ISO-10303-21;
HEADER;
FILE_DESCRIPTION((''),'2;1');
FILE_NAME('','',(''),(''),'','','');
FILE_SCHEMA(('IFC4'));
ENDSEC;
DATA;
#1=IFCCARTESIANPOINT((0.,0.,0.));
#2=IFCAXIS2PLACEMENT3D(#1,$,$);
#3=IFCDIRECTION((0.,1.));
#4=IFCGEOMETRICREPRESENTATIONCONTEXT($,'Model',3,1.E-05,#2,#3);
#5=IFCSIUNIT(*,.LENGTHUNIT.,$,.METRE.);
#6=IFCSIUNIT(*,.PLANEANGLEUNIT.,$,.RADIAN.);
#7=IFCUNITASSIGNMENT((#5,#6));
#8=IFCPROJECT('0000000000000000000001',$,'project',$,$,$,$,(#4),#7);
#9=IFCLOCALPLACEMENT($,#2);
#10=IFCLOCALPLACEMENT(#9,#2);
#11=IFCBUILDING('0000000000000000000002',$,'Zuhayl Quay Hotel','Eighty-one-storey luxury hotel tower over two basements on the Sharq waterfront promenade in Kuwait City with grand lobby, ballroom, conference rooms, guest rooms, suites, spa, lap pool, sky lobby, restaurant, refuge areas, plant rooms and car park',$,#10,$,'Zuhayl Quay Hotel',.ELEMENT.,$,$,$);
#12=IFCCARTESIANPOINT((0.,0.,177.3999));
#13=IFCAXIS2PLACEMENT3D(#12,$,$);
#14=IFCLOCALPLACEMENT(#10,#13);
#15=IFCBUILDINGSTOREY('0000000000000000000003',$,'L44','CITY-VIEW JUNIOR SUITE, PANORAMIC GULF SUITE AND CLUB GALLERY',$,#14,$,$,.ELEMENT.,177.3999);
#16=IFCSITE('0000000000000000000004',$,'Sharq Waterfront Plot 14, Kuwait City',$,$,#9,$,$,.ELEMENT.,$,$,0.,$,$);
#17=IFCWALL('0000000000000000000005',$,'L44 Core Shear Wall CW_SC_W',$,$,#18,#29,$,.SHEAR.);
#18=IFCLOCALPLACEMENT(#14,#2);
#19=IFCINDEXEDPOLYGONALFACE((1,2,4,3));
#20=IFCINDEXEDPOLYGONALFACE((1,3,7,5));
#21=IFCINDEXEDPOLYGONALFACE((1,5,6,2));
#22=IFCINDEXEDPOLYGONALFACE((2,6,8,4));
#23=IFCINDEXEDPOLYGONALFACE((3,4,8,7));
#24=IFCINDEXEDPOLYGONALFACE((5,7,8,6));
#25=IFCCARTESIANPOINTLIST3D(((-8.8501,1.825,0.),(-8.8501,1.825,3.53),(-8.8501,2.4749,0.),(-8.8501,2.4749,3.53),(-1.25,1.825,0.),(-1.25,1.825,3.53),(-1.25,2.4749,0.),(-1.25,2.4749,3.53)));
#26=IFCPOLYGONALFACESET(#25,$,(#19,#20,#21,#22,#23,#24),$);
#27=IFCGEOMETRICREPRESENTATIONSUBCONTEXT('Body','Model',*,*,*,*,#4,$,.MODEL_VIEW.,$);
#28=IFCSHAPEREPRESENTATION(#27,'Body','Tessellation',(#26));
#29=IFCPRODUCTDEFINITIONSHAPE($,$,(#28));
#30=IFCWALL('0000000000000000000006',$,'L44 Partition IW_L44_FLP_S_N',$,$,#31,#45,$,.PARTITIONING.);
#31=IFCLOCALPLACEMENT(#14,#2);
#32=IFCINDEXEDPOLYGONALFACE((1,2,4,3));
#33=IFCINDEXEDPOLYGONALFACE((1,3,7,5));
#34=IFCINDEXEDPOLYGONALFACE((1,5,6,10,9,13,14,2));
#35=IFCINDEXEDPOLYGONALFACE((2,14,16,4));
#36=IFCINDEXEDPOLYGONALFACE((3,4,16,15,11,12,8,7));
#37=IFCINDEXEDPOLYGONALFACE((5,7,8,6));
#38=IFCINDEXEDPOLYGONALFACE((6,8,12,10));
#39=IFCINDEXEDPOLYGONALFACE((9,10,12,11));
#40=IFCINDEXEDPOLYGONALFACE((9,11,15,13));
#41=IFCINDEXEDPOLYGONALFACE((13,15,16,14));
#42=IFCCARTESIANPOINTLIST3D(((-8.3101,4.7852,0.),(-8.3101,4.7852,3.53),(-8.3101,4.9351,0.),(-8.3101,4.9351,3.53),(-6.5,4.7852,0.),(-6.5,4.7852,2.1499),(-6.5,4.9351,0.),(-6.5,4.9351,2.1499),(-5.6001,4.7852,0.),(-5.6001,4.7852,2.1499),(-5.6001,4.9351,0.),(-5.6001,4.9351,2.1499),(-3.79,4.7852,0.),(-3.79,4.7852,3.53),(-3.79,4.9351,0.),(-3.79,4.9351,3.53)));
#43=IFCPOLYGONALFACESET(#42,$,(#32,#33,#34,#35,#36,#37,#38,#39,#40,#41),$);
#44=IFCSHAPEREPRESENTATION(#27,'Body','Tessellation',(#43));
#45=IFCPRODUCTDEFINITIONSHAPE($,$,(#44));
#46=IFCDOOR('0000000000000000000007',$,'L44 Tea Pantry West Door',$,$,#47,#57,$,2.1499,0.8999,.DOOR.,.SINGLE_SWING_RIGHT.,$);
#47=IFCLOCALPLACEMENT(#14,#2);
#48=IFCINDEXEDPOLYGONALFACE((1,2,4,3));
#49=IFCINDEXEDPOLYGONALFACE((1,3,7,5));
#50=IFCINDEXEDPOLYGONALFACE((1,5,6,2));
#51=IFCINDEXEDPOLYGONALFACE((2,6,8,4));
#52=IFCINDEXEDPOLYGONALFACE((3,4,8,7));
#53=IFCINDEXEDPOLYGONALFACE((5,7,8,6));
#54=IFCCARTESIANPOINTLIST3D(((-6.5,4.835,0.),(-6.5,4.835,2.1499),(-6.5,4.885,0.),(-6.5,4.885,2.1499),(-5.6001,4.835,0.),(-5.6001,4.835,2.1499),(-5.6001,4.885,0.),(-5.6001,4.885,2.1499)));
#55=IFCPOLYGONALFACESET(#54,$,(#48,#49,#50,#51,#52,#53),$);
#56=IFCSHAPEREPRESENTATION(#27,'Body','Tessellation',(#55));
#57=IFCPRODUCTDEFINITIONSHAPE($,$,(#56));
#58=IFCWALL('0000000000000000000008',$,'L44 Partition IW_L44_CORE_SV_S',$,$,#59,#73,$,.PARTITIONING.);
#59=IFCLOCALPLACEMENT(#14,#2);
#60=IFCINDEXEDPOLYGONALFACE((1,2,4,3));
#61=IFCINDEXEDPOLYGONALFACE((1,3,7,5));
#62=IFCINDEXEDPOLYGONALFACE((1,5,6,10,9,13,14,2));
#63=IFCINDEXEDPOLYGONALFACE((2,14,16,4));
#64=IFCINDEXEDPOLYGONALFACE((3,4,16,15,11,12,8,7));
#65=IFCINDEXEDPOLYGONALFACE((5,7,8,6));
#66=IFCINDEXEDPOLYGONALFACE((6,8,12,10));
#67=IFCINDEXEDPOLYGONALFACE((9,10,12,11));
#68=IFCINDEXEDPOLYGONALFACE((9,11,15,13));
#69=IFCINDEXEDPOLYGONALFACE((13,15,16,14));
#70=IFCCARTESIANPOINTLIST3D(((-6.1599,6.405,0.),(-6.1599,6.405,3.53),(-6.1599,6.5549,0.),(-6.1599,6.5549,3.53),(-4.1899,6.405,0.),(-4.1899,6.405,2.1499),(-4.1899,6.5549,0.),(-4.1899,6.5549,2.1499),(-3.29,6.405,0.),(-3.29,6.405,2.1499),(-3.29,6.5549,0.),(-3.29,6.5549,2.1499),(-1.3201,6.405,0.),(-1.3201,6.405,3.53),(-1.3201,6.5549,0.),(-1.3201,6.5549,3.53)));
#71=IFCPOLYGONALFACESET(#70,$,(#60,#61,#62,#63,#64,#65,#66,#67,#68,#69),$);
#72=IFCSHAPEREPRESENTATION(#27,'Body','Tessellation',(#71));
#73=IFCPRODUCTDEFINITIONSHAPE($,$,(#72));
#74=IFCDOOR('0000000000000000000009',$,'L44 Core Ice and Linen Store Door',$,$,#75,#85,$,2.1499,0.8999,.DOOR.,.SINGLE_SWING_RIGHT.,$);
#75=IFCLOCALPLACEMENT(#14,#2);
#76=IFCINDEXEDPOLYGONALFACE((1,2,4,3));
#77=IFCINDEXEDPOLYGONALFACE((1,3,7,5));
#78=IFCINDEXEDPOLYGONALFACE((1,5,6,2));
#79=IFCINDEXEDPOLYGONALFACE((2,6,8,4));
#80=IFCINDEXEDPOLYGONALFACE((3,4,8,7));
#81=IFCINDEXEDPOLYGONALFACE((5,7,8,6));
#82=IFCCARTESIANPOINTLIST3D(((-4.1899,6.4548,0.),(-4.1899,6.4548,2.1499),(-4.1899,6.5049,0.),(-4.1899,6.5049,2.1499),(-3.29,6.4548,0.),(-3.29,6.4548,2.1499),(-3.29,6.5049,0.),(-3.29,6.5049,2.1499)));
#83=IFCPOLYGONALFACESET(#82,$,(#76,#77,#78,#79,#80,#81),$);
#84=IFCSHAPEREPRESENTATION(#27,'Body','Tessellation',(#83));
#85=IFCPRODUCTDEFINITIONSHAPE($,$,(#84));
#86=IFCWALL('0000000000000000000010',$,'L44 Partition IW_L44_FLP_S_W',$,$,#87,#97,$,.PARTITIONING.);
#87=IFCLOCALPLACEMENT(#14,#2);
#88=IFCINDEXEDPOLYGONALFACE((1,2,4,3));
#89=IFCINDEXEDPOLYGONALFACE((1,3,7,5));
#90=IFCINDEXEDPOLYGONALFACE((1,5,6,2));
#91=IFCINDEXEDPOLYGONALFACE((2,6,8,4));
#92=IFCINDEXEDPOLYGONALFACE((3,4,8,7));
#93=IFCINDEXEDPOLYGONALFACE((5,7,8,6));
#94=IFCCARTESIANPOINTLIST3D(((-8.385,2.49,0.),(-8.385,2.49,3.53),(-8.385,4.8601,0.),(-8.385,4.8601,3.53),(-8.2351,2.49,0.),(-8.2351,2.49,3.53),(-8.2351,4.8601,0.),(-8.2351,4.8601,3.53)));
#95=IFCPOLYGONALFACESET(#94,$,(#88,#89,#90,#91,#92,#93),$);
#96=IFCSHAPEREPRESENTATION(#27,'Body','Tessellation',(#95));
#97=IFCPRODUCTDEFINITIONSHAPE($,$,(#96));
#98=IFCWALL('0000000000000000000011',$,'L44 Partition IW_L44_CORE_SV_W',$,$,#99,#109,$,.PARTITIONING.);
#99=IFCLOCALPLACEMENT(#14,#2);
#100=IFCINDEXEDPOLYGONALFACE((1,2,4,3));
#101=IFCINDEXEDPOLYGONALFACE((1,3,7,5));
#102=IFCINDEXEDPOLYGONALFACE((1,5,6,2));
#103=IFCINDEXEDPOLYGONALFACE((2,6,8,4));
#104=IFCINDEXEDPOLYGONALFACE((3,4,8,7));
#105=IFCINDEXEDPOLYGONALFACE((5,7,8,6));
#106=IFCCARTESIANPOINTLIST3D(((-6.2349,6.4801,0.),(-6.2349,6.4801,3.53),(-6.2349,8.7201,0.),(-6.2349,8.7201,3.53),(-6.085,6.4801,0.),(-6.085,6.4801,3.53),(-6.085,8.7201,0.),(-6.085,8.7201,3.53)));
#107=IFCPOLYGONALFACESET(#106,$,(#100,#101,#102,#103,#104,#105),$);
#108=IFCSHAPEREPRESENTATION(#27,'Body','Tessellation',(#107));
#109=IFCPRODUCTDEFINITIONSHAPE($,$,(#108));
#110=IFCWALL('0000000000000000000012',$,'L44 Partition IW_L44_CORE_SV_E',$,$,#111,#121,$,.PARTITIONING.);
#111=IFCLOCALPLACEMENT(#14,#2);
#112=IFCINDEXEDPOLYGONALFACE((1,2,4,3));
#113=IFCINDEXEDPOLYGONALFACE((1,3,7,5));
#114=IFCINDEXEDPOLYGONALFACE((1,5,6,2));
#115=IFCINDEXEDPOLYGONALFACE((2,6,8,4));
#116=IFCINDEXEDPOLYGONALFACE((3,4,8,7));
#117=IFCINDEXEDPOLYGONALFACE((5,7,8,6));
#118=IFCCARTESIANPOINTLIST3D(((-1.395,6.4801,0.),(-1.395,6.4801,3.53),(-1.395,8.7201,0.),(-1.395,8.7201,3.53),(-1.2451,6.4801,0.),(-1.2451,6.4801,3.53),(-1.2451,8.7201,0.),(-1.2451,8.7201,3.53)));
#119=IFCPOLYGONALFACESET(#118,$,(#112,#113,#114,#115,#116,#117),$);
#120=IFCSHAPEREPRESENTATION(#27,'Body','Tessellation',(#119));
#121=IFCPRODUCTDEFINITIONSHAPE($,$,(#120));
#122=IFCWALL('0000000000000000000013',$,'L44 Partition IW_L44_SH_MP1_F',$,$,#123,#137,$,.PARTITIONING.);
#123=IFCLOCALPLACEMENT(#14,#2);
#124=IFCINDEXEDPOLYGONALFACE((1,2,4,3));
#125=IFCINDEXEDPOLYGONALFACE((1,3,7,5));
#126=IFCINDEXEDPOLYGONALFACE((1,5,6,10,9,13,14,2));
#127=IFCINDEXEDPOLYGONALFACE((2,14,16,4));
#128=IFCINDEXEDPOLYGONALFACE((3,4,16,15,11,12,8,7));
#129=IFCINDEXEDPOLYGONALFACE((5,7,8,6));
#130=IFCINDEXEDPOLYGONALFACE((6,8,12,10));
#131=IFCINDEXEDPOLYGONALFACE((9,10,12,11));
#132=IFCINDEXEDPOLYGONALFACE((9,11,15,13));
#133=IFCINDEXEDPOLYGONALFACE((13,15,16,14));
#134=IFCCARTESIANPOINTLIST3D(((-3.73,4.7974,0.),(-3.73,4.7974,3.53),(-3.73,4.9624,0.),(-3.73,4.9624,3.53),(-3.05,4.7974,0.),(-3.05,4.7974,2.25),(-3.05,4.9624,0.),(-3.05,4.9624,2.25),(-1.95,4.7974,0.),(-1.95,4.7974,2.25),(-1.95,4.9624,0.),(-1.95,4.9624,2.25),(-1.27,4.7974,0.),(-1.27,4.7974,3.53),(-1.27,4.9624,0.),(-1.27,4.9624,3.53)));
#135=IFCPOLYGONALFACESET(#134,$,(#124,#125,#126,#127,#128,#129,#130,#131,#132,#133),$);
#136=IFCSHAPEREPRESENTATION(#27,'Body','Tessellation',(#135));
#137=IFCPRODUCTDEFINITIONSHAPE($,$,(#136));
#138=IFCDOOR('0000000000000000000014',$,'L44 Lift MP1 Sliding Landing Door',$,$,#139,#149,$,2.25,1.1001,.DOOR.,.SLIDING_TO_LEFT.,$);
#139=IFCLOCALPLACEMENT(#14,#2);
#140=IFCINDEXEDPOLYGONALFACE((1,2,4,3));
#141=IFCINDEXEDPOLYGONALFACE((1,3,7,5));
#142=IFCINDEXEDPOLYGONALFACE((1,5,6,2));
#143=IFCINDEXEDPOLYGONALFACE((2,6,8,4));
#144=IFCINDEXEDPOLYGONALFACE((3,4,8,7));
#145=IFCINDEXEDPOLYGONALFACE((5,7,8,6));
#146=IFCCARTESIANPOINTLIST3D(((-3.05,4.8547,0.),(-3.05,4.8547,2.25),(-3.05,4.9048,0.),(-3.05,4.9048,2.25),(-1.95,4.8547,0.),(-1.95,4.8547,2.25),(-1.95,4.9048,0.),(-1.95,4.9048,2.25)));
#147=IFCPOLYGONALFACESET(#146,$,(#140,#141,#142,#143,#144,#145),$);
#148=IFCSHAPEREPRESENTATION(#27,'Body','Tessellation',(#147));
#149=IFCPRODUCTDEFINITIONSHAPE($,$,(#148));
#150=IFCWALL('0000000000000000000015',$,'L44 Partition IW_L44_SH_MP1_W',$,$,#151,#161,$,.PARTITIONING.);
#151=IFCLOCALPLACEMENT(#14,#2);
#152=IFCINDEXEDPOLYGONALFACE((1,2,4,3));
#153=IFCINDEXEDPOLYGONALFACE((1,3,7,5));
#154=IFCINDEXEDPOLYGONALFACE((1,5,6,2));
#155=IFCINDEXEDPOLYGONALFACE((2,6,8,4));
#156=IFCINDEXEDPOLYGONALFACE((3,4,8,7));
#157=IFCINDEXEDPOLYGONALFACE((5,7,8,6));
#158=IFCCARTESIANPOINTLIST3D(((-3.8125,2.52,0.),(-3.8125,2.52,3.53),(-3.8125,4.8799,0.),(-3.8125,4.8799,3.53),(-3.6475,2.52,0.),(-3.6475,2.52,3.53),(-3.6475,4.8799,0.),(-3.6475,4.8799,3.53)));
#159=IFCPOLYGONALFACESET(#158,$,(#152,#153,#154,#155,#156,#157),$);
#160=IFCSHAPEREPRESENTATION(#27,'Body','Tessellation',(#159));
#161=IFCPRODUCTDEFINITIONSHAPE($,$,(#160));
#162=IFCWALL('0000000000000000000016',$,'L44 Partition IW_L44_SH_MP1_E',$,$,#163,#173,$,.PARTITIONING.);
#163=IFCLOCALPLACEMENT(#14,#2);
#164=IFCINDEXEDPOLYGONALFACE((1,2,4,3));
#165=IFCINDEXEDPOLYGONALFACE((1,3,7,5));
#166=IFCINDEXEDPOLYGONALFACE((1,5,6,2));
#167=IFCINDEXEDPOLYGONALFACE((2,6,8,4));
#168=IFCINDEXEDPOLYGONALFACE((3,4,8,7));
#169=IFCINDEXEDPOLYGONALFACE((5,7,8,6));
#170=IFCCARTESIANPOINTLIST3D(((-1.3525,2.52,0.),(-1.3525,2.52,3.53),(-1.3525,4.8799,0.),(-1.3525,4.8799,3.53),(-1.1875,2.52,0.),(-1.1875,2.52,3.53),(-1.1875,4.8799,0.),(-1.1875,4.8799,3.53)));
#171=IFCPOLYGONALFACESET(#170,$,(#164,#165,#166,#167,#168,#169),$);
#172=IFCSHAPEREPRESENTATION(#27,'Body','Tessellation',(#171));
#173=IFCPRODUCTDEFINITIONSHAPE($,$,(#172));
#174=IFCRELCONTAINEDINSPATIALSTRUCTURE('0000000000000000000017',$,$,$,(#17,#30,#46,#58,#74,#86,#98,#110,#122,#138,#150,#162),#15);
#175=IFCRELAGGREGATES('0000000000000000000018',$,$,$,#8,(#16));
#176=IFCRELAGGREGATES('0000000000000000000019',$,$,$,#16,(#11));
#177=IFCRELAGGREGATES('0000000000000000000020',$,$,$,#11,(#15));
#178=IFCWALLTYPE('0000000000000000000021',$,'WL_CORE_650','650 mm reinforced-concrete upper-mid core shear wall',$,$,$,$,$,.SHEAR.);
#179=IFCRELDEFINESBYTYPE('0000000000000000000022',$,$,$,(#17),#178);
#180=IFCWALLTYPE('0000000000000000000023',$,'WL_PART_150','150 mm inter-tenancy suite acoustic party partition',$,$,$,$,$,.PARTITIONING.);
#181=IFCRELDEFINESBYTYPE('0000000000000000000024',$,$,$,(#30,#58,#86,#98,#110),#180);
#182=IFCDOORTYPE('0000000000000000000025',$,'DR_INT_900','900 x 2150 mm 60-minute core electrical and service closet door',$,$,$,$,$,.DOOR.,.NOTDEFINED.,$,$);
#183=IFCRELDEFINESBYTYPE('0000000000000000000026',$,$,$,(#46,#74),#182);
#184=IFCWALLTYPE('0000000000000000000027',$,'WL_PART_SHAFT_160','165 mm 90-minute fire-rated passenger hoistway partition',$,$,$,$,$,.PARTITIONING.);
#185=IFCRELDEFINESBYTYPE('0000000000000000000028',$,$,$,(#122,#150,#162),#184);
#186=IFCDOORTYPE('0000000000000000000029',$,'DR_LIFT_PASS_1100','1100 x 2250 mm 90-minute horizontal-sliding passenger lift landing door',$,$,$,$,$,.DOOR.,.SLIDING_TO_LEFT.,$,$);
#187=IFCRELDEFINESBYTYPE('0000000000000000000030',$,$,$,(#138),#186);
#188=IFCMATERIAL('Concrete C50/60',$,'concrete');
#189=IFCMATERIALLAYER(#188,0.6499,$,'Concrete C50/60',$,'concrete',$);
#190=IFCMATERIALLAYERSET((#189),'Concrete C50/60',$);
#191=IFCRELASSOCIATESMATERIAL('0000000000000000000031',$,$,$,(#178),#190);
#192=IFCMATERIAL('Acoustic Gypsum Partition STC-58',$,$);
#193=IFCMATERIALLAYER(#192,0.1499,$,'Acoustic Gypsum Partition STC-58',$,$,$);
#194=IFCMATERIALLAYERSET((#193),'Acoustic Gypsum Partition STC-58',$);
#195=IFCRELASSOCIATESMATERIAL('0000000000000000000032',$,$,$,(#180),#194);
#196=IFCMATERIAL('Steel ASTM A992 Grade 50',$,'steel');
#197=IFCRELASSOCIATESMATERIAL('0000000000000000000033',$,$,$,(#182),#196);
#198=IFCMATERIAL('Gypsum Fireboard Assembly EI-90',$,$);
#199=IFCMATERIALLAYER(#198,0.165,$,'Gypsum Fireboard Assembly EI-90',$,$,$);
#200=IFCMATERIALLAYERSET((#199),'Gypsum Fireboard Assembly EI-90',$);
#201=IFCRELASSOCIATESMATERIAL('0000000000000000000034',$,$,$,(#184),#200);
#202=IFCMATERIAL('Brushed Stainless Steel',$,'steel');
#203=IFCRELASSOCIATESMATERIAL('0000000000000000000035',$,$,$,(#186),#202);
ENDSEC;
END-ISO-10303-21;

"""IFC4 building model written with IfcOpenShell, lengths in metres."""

from ifc_helpers import new_model, si_unit, direction, frame, frame_2d, origin, place, context, subcontext, project, spatial, rectangle, extrude, material, layer, layer_set, type_object, element, fill, save


model = new_model("IFC4")

# Units and contexts
model_context = context("Model", 3, precision=1e-05, world=origin(), true_north=direction((0.0, 1.0)))
body_context = subcontext(model_context, "Body", "Model", "MODEL_VIEW")
ifc_project = project(units=[si_unit("LENGTHUNIT", "METRE"), si_unit("PLANEANGLEUNIT", "RADIAN")], contexts=[model_context])

# Site, building, storey
site_placement = place(None, origin())
site = spatial("IfcSite", under=ifc_project, at=site_placement, Name="Sharq Waterfront Plot 14, Kuwait City", CompositionType="ELEMENT", RefElevation=0.0)
building_placement = place(site_placement, origin())
building = spatial("IfcBuilding", under=site, at=building_placement, Name="Zuhayl Quay Hotel", Description="Eighty-one-storey luxury hotel tower over two basements on the Sharq waterfront promenade in Kuwait City with grand lobby, ballroom, conference rooms, guest rooms, suites, spa, lap pool, sky lobby, restaurant, refuge areas, plant rooms and car park", LongName="Zuhayl Quay Hotel", CompositionType="ELEMENT")
storey_placement = place(building_placement, frame((0.0, 0.0, 177.3999)))
storey = spatial("IfcBuildingStorey", under=building, at=storey_placement, Name="L44", Description="CITY-VIEW JUNIOR SUITE, PANORAMIC GULF SUITE AND CLUB GALLERY", CompositionType="ELEMENT", Elevation=177.3999)

# Shared definitions
ifc_material_1 = material(Name="Steel ASTM A992 Grade 50", Category="steel")

# Wall
ifc_material_2 = material(Name="Concrete C50/60", Category="concrete")
ifc_layer_1 = layer(ifc_material_2, 0.6499, Name="Concrete C50/60", Category="concrete")
ifc_layer_set_1 = layer_set([ifc_layer_1], Name="Concrete C50/60")
wall_type_1 = type_object("IfcWallType", Name="WL_CORE_650", Description="650 mm reinforced-concrete upper-mid core shear wall", PredefinedType="SHEAR", material=ifc_layer_set_1)
wall_1_placement = place(storey_placement, frame((-8.8501, 2.1499, 0.0), z_axis=(0.0, 0.0, 1.0), x_axis=(1.0, 0.0, 0.0)))
element("IfcWall", 1, at=wall_1_placement, inside=storey, type_object=wall_type_1, Name="L44 Core Shear Wall CW_SC_W", PredefinedType="SHEAR", context=body_context, shape_type="SweptSolid", body=[
    extrude(rectangle(XDim=7.6001, YDim=0.6499, at=frame_2d((3.8, 0.0))), origin(), (0.0, 0.0, 1.0), 3.53),
])

# Walls, openings, doors
ifc_material_3 = material(Name="Acoustic Gypsum Partition STC-58")
ifc_layer_2 = layer(ifc_material_3, 0.1499, Name="Acoustic Gypsum Partition STC-58")
ifc_layer_set_2 = layer_set([ifc_layer_2], Name="Acoustic Gypsum Partition STC-58")
wall_type_2 = type_object("IfcWallType", Name="WL_PART_150", Description="150 mm inter-tenancy suite acoustic party partition", PredefinedType="PARTITIONING", material=ifc_layer_set_2)
wall_2_placement = place(storey_placement, frame((-8.3101, 4.8601, 0.0), z_axis=(0.0, 0.0, 1.0), x_axis=(1.0, 0.0, 0.0)))
wall_2 = element("IfcWall", 2, at=wall_2_placement, inside=storey, type_object=wall_type_2, Name="L44 Partition IW_L44_FLP_S_N", PredefinedType="PARTITIONING", context=body_context, shape_type="SweptSolid", body=[
    extrude(rectangle(XDim=4.52, YDim=0.1499, at=frame_2d((2.26, 0.0))), origin(), (0.0, 0.0, 1.0), 3.53),
])
opening_1_placement = place(wall_2_placement, frame((1.8101, 0.0, 0.0)))
opening_1 = element("IfcOpeningElement", 3, at=opening_1_placement, cuts=wall_2, PredefinedType="OPENING", context=body_context, shape_type="SweptSolid", body=[
    extrude(rectangle(XDim=0.8999, YDim=2.1499, at=frame_2d((0.45, 1.075))), frame((0.0, 0.085, 0.0), z_axis=(0.0, -1.0, 0.0), x_axis=(1.0, 0.0, 0.0)), (0.0, 0.0, 1.0), 0.1699),
])
door_type_1 = type_object("IfcDoorType", Name="DR_INT_900", Description="900 x 2150 mm 60-minute core electrical and service closet door", OperationType="NOTDEFINED", PredefinedType="DOOR", material=ifc_material_1)
door_1_placement = place(opening_1_placement, origin())
door_1 = element("IfcDoor", 4, at=door_1_placement, inside=storey, type_object=door_type_1, Name="L44 Tea Pantry West Door", OperationType="SINGLE_SWING_RIGHT", OverallHeight=2.1499, OverallWidth=0.8999, PredefinedType="DOOR", context=body_context, shape_type="SweptSolid", body=[
    extrude(rectangle(XDim=0.8999, YDim=2.1499, at=frame_2d((0.45, 1.075))), frame((0.0, 0.0249, 0.0), z_axis=(0.0, -1.0, 0.0), x_axis=(1.0, 0.0, 0.0)), (0.0, 0.0, 1.0), 0.05),
])
fill(opening_1, door_1)
wall_3_placement = place(storey_placement, frame((-6.1599, 6.48, 0.0), z_axis=(0.0, 0.0, 1.0), x_axis=(1.0, 0.0, 0.0)))
wall_3 = element("IfcWall", 5, at=wall_3_placement, inside=storey, type_object=wall_type_2, Name="L44 Partition IW_L44_CORE_SV_S", PredefinedType="PARTITIONING", context=body_context, shape_type="SweptSolid", body=[
    extrude(rectangle(XDim=4.8398, YDim=0.1499, at=frame_2d((2.4199, 0.0))), origin(), (0.0, 0.0, 1.0), 3.53),
])
opening_2_placement = place(wall_3_placement, frame((1.97, 0.0, 0.0)))
opening_2 = element("IfcOpeningElement", 6, at=opening_2_placement, cuts=wall_3, PredefinedType="OPENING", context=body_context, shape_type="SweptSolid", body=[
    extrude(rectangle(XDim=0.8999, YDim=2.1499, at=frame_2d((0.45, 1.075))), frame((0.0, 0.085, 0.0), z_axis=(0.0, -1.0, 0.0), x_axis=(1.0, 0.0, 0.0)), (0.0, 0.0, 1.0), 0.1699),
])
door_2_placement = place(opening_2_placement, origin())
door_2 = element("IfcDoor", 7, at=door_2_placement, inside=storey, type_object=door_type_1, Name="L44 Core Ice and Linen Store Door", OperationType="SINGLE_SWING_RIGHT", OverallHeight=2.1499, OverallWidth=0.8999, PredefinedType="DOOR", context=body_context, shape_type="SweptSolid", body=[
    extrude(rectangle(XDim=0.8999, YDim=2.1499, at=frame_2d((0.45, 1.075))), frame((0.0, 0.0249, 0.0), z_axis=(0.0, -1.0, 0.0), x_axis=(1.0, 0.0, 0.0)), (0.0, 0.0, 1.0), 0.05),
])
fill(opening_2, door_2)

# Walls
wall_4_placement = place(storey_placement, frame((-8.3101, 2.49, 0.0), z_axis=(0.0, 0.0, 1.0), x_axis=(0.0, 1.0, 0.0)))
element("IfcWall", 8, at=wall_4_placement, inside=storey, type_object=wall_type_2, Name="L44 Partition IW_L44_FLP_S_W", PredefinedType="PARTITIONING", context=body_context, shape_type="SweptSolid", body=[
    extrude(rectangle(XDim=2.3701, YDim=0.1499, at=frame_2d((1.1851, 0.0))), origin(), (0.0, 0.0, 1.0), 3.53),
])
for number, where, z_axis, x_axis, name in (
    (9, (-6.1599, 6.48, 0.0), (0.0, 0.0, 1.0), (0.0, 1.0, 0.0), "L44 Partition IW_L44_CORE_SV_W"),
    (10, (-1.3201, 6.48, 0.0), (0.0, 0.0, 1.0), (0.0, 1.0, 0.0), "L44 Partition IW_L44_CORE_SV_E"),
):
    element("IfcWall", number, at=place(storey_placement, frame(where, z_axis=z_axis, x_axis=x_axis)), inside=storey, type_object=wall_type_2, Name=name, PredefinedType="PARTITIONING", context=body_context, shape_type="SweptSolid", body=[
        extrude(rectangle(XDim=2.24, YDim=0.1499, at=frame_2d((1.1201, 0.0))), origin(), (0.0, 0.0, 1.0), 3.53),
    ])

# Wall, opening, door
ifc_material_4 = material(Name="Gypsum Fireboard Assembly EI-90")
ifc_layer_3 = layer(ifc_material_4, 0.165, Name="Gypsum Fireboard Assembly EI-90")
ifc_layer_set_3 = layer_set([ifc_layer_3], Name="Gypsum Fireboard Assembly EI-90")
wall_type_3 = type_object("IfcWallType", Name="WL_PART_SHAFT_160", Description="165 mm 90-minute fire-rated passenger hoistway partition", PredefinedType="PARTITIONING", material=ifc_layer_set_3)
wall_5_placement = place(storey_placement, frame((-3.73, 4.8799, 0.0), z_axis=(0.0, 0.0, 1.0), x_axis=(1.0, 0.0, 0.0)))
wall_5 = element("IfcWall", 11, at=wall_5_placement, inside=storey, type_object=wall_type_3, Name="L44 Partition IW_L44_SH_MP1_F", PredefinedType="PARTITIONING", context=body_context, shape_type="SweptSolid", body=[
    extrude(rectangle(XDim=2.46, YDim=0.165, at=frame_2d((1.23, 0.0))), origin(), (0.0, 0.0, 1.0), 3.53),
])
opening_3_placement = place(wall_5_placement, frame((0.6799, 0.0, 0.0)))
opening_3 = element("IfcOpeningElement", 12, at=opening_3_placement, cuts=wall_5, PredefinedType="OPENING", context=body_context, shape_type="SweptSolid", body=[
    extrude(rectangle(XDim=1.1001, YDim=2.25, at=frame_2d((0.55, 1.125))), frame((0.0, 0.0925, 0.0), z_axis=(0.0, -1.0, 0.0), x_axis=(1.0, 0.0, 0.0)), (0.0, 0.0, 1.0), 0.1851),
])
ifc_material_5 = material(Name="Brushed Stainless Steel", Category="steel")
door_type_2 = type_object("IfcDoorType", Name="DR_LIFT_PASS_1100", Description="1100 x 2250 mm 90-minute horizontal-sliding passenger lift landing door", OperationType="SLIDING_TO_LEFT", PredefinedType="DOOR", material=ifc_material_5)
door_3_placement = place(opening_3_placement, origin())
door_3 = element("IfcDoor", 13, at=door_3_placement, inside=storey, type_object=door_type_2, Name="L44 Lift MP1 Sliding Landing Door", OperationType="SLIDING_TO_LEFT", OverallHeight=2.25, OverallWidth=1.1001, PredefinedType="DOOR", context=body_context, shape_type="SweptSolid", body=[
    extrude(rectangle(XDim=1.1001, YDim=2.25, at=frame_2d((0.55, 1.125))), frame((0.0, 0.0249, 0.0), z_axis=(0.0, -1.0, 0.0), x_axis=(1.0, 0.0, 0.0)), (0.0, 0.0, 1.0), 0.05),
])
fill(opening_3, door_3)

# Walls
for number, where, z_axis, x_axis, name in (
    (14, (-3.73, 2.52, 0.0), (0.0, 0.0, 1.0), (0.0, 1.0, 0.0), "L44 Partition IW_L44_SH_MP1_W"),
    (15, (-1.27, 2.52, 0.0), (0.0, 0.0, 1.0), (0.0, 1.0, 0.0), "L44 Partition IW_L44_SH_MP1_E"),
):
    element("IfcWall", number, at=place(storey_placement, frame(where, z_axis=z_axis, x_axis=x_axis)), inside=storey, type_object=wall_type_3, Name=name, PredefinedType="PARTITIONING", context=body_context, shape_type="SweptSolid", body=[
        extrude(rectangle(XDim=2.3599, YDim=0.165, at=frame_2d((1.1799, 0.0))), origin(), (0.0, 0.0, 1.0), 3.53),
    ])

save(model, "model.ifc")
